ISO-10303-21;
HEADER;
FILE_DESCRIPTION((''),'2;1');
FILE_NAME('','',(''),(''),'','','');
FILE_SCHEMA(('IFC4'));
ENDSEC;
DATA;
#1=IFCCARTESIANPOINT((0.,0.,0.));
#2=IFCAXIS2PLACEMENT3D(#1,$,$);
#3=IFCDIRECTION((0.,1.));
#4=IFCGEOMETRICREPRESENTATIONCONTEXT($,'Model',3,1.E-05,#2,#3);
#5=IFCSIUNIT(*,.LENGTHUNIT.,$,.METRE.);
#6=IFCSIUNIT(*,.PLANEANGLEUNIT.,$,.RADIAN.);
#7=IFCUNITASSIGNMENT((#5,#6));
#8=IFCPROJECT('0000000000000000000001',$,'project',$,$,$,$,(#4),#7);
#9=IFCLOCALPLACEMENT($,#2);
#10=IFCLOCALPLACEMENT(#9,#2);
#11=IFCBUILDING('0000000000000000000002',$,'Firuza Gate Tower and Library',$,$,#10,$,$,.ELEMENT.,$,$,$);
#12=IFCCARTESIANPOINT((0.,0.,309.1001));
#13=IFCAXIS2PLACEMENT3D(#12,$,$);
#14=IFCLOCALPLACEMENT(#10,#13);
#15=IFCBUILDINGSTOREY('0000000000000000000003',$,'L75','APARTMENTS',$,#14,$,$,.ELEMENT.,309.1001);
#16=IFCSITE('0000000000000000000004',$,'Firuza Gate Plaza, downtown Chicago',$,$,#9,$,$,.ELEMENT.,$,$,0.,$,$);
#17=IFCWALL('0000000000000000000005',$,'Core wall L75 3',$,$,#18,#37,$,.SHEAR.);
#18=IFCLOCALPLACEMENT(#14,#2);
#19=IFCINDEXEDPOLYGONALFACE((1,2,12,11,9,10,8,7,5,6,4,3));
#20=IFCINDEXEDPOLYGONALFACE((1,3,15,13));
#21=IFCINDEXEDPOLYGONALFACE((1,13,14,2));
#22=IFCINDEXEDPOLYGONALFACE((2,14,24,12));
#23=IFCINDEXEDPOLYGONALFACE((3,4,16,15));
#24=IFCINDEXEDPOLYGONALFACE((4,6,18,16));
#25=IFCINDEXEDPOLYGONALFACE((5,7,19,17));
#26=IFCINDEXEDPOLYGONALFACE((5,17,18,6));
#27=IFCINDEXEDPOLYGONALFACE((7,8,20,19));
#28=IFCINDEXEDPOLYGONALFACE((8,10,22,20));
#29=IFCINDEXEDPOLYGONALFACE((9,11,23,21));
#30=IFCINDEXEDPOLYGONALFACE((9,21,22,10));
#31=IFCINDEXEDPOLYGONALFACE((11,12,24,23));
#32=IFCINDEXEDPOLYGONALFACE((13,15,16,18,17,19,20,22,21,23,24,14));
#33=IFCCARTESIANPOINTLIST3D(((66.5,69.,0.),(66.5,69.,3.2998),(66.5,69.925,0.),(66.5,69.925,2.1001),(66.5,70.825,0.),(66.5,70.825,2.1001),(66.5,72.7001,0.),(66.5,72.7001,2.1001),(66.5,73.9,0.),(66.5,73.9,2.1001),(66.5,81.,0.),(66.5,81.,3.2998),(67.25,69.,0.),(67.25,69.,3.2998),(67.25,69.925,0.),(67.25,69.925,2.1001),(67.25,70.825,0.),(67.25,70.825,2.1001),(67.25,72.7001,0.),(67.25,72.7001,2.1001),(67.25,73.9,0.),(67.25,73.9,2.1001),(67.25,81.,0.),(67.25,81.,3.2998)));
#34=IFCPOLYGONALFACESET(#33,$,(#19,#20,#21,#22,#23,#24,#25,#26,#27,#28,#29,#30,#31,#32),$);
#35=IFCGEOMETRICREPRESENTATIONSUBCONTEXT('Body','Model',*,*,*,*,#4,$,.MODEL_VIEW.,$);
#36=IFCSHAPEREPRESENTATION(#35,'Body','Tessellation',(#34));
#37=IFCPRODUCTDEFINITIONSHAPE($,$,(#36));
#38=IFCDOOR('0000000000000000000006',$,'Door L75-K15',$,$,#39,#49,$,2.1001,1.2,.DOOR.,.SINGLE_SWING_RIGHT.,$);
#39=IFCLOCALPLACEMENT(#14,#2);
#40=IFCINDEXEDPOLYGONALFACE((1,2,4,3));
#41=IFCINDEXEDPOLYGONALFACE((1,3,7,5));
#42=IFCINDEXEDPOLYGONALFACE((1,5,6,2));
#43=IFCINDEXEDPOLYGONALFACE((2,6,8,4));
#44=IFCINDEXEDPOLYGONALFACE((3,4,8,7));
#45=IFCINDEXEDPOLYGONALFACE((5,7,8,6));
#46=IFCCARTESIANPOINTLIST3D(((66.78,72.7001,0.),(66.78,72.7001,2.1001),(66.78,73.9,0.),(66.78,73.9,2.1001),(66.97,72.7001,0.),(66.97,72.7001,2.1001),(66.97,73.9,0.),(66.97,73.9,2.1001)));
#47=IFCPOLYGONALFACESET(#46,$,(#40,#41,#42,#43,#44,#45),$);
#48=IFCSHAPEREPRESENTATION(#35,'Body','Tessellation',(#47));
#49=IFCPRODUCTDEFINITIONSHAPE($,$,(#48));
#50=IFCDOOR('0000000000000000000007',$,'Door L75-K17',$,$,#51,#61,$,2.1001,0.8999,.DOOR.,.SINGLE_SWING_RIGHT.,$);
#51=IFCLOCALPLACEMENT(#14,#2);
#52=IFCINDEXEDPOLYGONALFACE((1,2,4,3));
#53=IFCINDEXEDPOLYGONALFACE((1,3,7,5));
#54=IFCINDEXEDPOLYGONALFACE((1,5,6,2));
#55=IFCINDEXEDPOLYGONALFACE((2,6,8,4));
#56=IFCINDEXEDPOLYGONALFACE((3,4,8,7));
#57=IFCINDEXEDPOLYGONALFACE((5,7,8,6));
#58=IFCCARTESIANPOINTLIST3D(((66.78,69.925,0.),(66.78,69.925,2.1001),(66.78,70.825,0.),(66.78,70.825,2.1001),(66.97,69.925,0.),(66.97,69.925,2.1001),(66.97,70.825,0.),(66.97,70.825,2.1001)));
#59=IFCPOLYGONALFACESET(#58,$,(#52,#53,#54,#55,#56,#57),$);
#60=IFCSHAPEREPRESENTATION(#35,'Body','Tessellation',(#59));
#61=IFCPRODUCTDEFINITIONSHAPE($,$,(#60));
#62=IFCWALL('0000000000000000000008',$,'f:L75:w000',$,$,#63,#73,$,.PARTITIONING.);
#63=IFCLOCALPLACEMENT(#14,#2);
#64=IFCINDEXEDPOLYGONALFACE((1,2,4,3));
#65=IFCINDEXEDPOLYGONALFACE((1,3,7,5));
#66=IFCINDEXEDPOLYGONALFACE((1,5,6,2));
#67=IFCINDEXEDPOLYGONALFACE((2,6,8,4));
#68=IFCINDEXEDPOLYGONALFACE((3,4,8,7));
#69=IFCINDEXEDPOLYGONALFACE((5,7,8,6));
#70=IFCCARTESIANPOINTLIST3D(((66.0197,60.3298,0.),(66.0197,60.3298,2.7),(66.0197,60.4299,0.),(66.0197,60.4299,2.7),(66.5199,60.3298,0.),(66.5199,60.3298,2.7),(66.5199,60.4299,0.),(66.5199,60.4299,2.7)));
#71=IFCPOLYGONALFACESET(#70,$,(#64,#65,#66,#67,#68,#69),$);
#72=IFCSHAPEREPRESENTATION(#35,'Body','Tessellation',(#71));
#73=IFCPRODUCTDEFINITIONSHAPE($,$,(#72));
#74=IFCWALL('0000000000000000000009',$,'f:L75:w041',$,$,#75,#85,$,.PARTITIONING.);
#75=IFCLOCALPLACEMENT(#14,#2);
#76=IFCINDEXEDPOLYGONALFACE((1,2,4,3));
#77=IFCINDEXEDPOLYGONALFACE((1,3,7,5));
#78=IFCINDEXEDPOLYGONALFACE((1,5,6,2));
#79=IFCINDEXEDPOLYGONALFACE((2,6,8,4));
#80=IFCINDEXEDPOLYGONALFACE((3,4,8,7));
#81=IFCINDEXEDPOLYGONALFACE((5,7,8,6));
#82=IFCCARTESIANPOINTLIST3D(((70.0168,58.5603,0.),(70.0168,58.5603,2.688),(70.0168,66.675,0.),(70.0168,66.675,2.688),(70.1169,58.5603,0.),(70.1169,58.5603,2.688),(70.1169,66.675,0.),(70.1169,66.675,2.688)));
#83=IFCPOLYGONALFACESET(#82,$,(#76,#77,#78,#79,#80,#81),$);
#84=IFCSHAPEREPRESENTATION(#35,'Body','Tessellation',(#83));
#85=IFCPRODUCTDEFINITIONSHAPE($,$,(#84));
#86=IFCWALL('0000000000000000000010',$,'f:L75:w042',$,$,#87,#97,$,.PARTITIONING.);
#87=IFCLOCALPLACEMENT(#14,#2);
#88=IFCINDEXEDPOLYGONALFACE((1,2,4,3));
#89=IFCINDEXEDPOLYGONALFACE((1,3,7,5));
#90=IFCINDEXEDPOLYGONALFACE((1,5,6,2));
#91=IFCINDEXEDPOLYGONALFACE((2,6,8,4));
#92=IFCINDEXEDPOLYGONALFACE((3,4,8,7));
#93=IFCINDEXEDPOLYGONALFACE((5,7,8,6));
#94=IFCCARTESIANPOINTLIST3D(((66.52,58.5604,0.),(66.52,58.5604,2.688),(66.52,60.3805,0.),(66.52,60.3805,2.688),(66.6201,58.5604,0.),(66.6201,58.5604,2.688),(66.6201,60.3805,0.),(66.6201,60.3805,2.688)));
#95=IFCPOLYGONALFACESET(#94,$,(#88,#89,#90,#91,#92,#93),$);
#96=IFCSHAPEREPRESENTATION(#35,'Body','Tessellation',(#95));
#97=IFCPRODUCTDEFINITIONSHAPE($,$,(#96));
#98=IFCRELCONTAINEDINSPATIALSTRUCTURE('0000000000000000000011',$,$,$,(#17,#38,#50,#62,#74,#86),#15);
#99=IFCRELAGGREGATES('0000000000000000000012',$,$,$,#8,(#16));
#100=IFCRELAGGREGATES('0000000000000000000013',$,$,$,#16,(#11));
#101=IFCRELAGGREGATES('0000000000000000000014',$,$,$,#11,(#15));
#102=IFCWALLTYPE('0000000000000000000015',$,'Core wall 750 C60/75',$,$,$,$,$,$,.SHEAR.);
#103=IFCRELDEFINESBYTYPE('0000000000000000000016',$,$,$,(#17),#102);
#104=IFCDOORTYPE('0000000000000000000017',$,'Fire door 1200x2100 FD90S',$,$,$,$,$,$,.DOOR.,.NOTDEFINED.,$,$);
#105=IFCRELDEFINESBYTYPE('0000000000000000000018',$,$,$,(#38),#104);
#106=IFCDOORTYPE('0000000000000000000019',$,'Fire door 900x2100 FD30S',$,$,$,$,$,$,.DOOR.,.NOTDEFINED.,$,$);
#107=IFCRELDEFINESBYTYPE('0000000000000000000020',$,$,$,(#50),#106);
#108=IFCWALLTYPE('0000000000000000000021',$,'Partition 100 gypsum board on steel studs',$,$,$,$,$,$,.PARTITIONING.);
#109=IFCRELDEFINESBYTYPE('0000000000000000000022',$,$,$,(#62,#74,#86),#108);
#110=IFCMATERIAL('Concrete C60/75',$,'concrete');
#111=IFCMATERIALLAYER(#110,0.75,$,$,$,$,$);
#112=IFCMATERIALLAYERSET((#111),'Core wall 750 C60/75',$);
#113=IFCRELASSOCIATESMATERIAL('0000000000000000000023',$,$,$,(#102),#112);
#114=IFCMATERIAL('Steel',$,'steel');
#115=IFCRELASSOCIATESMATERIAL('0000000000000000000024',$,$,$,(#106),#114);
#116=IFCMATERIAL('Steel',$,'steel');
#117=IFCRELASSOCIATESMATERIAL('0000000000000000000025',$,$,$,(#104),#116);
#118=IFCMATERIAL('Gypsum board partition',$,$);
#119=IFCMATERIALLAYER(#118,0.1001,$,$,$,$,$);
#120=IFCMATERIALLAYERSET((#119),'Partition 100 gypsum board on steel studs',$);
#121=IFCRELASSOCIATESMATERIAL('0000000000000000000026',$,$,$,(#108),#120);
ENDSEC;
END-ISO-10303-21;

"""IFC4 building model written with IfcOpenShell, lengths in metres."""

from ifc_helpers import new_model, si_unit, direction, frame, frame_2d, origin, place, context, subcontext, project, spatial, rectangle, extrude, material, layer, layer_set, type_object, element, fill, save


model = new_model("IFC4")

# Units and contexts
model_context = context("Model", 3, precision=1e-05, world=origin(), true_north=direction((0.0, 1.0)))
body_context = subcontext(model_context, "Body", "Model", "MODEL_VIEW")
ifc_project = project(units=[si_unit("LENGTHUNIT", "METRE"), si_unit("PLANEANGLEUNIT", "RADIAN")], contexts=[model_context])

# Site, building, storey
site_placement = place(None, origin())
site = spatial("IfcSite", under=ifc_project, at=site_placement, Name="Firuza Gate Plaza, downtown Chicago", CompositionType="ELEMENT", RefElevation=0.0)
building_placement = place(site_placement, origin())
building = spatial("IfcBuilding", under=site, at=building_placement, Name="Firuza Gate Tower and Library", CompositionType="ELEMENT")
storey_placement = place(building_placement, frame((0.0, 0.0, 309.1001)))
storey = spatial("IfcBuildingStorey", under=building, at=storey_placement, Name="L75", Description="APARTMENTS", CompositionType="ELEMENT", Elevation=309.1001)

# Shared definitions
ifc_material_1 = material(Name="Concrete C60/75", Category="concrete")
ifc_layer_1 = layer(ifc_material_1, 0.75)
ifc_layer_set_1 = layer_set([ifc_layer_1], Name="Core wall 750 C60/75")
wall_type_1 = type_object("IfcWallType", Name="Core wall 750 C60/75", PredefinedType="SHEAR", material=ifc_layer_set_1)
ifc_material_2 = material(Name="Steel", Category="steel")
door_type_1 = type_object("IfcDoorType", Name="Fire door 900x2100 FD30S", OperationType="NOTDEFINED", PredefinedType="DOOR", material=ifc_material_2)

# Wall, openings, doors
wall_1_placement = place(storey_placement, frame((66.875, 69.0, 0.0), z_axis=(0.0, 0.0, 1.0), x_axis=(0.0, 1.0, 0.0)))
wall_1 = element("IfcWall", 1, at=wall_1_placement, inside=storey, type_object=wall_type_1, Name="Core wall L75 3", PredefinedType="SHEAR", context=body_context, shape_type="SweptSolid", body=[
    extrude(rectangle(XDim=12.0, YDim=0.75, at=frame_2d((6.0, 0.0))), origin(), (0.0, 0.0, 1.0), 3.2998),
])
opening_1_placement = place(wall_1_placement, frame((3.7, 0.0, 0.0)))
opening_1 = element("IfcOpeningElement", 2, at=opening_1_placement, cuts=wall_1, PredefinedType="OPENING", context=body_context, shape_type="SweptSolid", body=[
    extrude(rectangle(XDim=1.2, YDim=2.1001, at=frame_2d((0.6001, 1.05))), frame((0.0, 0.385, 0.0), z_axis=(0.0, -1.0, 0.0), x_axis=(1.0, 0.0, 0.0)), (0.0, 0.0, 1.0), 0.77),
])
opening_2_placement = place(wall_1_placement, frame((0.925, 0.0, 0.0)))
opening_2 = element("IfcOpeningElement", 3, at=opening_2_placement, cuts=wall_1, PredefinedType="OPENING", context=body_context, shape_type="SweptSolid", body=[
    extrude(rectangle(XDim=0.8999, YDim=2.1001, at=frame_2d((0.45, 1.05))), frame((0.0, 0.385, 0.0), z_axis=(0.0, -1.0, 0.0), x_axis=(1.0, 0.0, 0.0)), (0.0, 0.0, 1.0), 0.77),
])
ifc_material_3 = material(Name="Steel", Category="steel")
door_type_2 = type_object("IfcDoorType", Name="Fire door 1200x2100 FD90S", OperationType="NOTDEFINED", PredefinedType="DOOR", material=ifc_material_3)
door_1_placement = place(opening_1_placement, origin())
door_1 = element("IfcDoor", 4, at=door_1_placement, inside=storey, type_object=door_type_2, Name="Door L75-K15", OperationType="SINGLE_SWING_RIGHT", OverallHeight=2.1001, OverallWidth=1.2, PredefinedType="DOOR", context=body_context, shape_type="SweptSolid", body=[
    extrude(rectangle(XDim=1.2, YDim=2.1001, at=frame_2d((0.6001, 1.05))), frame((0.0, 0.095, 0.0), z_axis=(0.0, -1.0, 0.0), x_axis=(1.0, 0.0, 0.0)), (0.0, 0.0, 1.0), 0.1899),
])
fill(opening_1, door_1)
door_2_placement = place(opening_2_placement, origin())
door_2 = element("IfcDoor", 5, at=door_2_placement, inside=storey, type_object=door_type_1, Name="Door L75-K17", OperationType="SINGLE_SWING_RIGHT", OverallHeight=2.1001, OverallWidth=0.8999, PredefinedType="DOOR", context=body_context, shape_type="SweptSolid", body=[
    extrude(rectangle(XDim=0.8999, YDim=2.1001, at=frame_2d((0.45, 1.05))), frame((0.0, 0.095, 0.0), z_axis=(0.0, -1.0, 0.0), x_axis=(1.0, 0.0, 0.0)), (0.0, 0.0, 1.0), 0.1899),
])
fill(opening_2, door_2)

# Walls
ifc_material_4 = material(Name="Gypsum board partition")
ifc_layer_2 = layer(ifc_material_4, 0.1001)
ifc_layer_set_2 = layer_set([ifc_layer_2], Name="Partition 100 gypsum board on steel studs")
wall_type_2 = type_object("IfcWallType", Name="Partition 100 gypsum board on steel studs", PredefinedType="PARTITIONING", material=ifc_layer_set_2)
wall_2_placement = place(storey_placement, frame((66.0198, 60.3799, 0.0), z_axis=(0.0, 0.0, 1.0), x_axis=(1.0, 0.0, 0.0)))
element("IfcWall", 6, at=wall_2_placement, inside=storey, type_object=wall_type_2, Name="f:L75:w000", PredefinedType="PARTITIONING", context=body_context, shape_type="SweptSolid", body=[
    extrude(rectangle(XDim=0.5002, YDim=0.1001, at=frame_2d((0.25, 0.0))), origin(), (0.0, 0.0, 1.0), 2.7),
])
wall_3_placement = place(storey_placement, frame((70.0669, 58.5603, 0.0), z_axis=(0.0, 0.0, 1.0), x_axis=(0.0, 1.0, 0.0)))
element("IfcWall", 7, at=wall_3_placement, inside=storey, type_object=wall_type_2, Name="f:L75:w041", PredefinedType="PARTITIONING", context=body_context, shape_type="SweptSolid", body=[
    extrude(rectangle(XDim=8.1147, YDim=0.1001, at=frame_2d((4.0574, 0.0))), origin(), (0.0, 0.0, 1.0), 2.688),
])
wall_4_placement = place(storey_placement, frame((66.5701, 58.5603, 0.0), z_axis=(0.0, 0.0, 1.0), x_axis=(0.0, 1.0, 0.0)))
element("IfcWall", 8, at=wall_4_placement, inside=storey, type_object=wall_type_2, Name="f:L75:w042", PredefinedType="PARTITIONING", context=body_context, shape_type="SweptSolid", body=[
    extrude(rectangle(XDim=1.8201, YDim=0.1001, at=frame_2d((0.9102, 0.0))), origin(), (0.0, 0.0, 1.0), 2.688),
])

save(model, "model.ifc")
